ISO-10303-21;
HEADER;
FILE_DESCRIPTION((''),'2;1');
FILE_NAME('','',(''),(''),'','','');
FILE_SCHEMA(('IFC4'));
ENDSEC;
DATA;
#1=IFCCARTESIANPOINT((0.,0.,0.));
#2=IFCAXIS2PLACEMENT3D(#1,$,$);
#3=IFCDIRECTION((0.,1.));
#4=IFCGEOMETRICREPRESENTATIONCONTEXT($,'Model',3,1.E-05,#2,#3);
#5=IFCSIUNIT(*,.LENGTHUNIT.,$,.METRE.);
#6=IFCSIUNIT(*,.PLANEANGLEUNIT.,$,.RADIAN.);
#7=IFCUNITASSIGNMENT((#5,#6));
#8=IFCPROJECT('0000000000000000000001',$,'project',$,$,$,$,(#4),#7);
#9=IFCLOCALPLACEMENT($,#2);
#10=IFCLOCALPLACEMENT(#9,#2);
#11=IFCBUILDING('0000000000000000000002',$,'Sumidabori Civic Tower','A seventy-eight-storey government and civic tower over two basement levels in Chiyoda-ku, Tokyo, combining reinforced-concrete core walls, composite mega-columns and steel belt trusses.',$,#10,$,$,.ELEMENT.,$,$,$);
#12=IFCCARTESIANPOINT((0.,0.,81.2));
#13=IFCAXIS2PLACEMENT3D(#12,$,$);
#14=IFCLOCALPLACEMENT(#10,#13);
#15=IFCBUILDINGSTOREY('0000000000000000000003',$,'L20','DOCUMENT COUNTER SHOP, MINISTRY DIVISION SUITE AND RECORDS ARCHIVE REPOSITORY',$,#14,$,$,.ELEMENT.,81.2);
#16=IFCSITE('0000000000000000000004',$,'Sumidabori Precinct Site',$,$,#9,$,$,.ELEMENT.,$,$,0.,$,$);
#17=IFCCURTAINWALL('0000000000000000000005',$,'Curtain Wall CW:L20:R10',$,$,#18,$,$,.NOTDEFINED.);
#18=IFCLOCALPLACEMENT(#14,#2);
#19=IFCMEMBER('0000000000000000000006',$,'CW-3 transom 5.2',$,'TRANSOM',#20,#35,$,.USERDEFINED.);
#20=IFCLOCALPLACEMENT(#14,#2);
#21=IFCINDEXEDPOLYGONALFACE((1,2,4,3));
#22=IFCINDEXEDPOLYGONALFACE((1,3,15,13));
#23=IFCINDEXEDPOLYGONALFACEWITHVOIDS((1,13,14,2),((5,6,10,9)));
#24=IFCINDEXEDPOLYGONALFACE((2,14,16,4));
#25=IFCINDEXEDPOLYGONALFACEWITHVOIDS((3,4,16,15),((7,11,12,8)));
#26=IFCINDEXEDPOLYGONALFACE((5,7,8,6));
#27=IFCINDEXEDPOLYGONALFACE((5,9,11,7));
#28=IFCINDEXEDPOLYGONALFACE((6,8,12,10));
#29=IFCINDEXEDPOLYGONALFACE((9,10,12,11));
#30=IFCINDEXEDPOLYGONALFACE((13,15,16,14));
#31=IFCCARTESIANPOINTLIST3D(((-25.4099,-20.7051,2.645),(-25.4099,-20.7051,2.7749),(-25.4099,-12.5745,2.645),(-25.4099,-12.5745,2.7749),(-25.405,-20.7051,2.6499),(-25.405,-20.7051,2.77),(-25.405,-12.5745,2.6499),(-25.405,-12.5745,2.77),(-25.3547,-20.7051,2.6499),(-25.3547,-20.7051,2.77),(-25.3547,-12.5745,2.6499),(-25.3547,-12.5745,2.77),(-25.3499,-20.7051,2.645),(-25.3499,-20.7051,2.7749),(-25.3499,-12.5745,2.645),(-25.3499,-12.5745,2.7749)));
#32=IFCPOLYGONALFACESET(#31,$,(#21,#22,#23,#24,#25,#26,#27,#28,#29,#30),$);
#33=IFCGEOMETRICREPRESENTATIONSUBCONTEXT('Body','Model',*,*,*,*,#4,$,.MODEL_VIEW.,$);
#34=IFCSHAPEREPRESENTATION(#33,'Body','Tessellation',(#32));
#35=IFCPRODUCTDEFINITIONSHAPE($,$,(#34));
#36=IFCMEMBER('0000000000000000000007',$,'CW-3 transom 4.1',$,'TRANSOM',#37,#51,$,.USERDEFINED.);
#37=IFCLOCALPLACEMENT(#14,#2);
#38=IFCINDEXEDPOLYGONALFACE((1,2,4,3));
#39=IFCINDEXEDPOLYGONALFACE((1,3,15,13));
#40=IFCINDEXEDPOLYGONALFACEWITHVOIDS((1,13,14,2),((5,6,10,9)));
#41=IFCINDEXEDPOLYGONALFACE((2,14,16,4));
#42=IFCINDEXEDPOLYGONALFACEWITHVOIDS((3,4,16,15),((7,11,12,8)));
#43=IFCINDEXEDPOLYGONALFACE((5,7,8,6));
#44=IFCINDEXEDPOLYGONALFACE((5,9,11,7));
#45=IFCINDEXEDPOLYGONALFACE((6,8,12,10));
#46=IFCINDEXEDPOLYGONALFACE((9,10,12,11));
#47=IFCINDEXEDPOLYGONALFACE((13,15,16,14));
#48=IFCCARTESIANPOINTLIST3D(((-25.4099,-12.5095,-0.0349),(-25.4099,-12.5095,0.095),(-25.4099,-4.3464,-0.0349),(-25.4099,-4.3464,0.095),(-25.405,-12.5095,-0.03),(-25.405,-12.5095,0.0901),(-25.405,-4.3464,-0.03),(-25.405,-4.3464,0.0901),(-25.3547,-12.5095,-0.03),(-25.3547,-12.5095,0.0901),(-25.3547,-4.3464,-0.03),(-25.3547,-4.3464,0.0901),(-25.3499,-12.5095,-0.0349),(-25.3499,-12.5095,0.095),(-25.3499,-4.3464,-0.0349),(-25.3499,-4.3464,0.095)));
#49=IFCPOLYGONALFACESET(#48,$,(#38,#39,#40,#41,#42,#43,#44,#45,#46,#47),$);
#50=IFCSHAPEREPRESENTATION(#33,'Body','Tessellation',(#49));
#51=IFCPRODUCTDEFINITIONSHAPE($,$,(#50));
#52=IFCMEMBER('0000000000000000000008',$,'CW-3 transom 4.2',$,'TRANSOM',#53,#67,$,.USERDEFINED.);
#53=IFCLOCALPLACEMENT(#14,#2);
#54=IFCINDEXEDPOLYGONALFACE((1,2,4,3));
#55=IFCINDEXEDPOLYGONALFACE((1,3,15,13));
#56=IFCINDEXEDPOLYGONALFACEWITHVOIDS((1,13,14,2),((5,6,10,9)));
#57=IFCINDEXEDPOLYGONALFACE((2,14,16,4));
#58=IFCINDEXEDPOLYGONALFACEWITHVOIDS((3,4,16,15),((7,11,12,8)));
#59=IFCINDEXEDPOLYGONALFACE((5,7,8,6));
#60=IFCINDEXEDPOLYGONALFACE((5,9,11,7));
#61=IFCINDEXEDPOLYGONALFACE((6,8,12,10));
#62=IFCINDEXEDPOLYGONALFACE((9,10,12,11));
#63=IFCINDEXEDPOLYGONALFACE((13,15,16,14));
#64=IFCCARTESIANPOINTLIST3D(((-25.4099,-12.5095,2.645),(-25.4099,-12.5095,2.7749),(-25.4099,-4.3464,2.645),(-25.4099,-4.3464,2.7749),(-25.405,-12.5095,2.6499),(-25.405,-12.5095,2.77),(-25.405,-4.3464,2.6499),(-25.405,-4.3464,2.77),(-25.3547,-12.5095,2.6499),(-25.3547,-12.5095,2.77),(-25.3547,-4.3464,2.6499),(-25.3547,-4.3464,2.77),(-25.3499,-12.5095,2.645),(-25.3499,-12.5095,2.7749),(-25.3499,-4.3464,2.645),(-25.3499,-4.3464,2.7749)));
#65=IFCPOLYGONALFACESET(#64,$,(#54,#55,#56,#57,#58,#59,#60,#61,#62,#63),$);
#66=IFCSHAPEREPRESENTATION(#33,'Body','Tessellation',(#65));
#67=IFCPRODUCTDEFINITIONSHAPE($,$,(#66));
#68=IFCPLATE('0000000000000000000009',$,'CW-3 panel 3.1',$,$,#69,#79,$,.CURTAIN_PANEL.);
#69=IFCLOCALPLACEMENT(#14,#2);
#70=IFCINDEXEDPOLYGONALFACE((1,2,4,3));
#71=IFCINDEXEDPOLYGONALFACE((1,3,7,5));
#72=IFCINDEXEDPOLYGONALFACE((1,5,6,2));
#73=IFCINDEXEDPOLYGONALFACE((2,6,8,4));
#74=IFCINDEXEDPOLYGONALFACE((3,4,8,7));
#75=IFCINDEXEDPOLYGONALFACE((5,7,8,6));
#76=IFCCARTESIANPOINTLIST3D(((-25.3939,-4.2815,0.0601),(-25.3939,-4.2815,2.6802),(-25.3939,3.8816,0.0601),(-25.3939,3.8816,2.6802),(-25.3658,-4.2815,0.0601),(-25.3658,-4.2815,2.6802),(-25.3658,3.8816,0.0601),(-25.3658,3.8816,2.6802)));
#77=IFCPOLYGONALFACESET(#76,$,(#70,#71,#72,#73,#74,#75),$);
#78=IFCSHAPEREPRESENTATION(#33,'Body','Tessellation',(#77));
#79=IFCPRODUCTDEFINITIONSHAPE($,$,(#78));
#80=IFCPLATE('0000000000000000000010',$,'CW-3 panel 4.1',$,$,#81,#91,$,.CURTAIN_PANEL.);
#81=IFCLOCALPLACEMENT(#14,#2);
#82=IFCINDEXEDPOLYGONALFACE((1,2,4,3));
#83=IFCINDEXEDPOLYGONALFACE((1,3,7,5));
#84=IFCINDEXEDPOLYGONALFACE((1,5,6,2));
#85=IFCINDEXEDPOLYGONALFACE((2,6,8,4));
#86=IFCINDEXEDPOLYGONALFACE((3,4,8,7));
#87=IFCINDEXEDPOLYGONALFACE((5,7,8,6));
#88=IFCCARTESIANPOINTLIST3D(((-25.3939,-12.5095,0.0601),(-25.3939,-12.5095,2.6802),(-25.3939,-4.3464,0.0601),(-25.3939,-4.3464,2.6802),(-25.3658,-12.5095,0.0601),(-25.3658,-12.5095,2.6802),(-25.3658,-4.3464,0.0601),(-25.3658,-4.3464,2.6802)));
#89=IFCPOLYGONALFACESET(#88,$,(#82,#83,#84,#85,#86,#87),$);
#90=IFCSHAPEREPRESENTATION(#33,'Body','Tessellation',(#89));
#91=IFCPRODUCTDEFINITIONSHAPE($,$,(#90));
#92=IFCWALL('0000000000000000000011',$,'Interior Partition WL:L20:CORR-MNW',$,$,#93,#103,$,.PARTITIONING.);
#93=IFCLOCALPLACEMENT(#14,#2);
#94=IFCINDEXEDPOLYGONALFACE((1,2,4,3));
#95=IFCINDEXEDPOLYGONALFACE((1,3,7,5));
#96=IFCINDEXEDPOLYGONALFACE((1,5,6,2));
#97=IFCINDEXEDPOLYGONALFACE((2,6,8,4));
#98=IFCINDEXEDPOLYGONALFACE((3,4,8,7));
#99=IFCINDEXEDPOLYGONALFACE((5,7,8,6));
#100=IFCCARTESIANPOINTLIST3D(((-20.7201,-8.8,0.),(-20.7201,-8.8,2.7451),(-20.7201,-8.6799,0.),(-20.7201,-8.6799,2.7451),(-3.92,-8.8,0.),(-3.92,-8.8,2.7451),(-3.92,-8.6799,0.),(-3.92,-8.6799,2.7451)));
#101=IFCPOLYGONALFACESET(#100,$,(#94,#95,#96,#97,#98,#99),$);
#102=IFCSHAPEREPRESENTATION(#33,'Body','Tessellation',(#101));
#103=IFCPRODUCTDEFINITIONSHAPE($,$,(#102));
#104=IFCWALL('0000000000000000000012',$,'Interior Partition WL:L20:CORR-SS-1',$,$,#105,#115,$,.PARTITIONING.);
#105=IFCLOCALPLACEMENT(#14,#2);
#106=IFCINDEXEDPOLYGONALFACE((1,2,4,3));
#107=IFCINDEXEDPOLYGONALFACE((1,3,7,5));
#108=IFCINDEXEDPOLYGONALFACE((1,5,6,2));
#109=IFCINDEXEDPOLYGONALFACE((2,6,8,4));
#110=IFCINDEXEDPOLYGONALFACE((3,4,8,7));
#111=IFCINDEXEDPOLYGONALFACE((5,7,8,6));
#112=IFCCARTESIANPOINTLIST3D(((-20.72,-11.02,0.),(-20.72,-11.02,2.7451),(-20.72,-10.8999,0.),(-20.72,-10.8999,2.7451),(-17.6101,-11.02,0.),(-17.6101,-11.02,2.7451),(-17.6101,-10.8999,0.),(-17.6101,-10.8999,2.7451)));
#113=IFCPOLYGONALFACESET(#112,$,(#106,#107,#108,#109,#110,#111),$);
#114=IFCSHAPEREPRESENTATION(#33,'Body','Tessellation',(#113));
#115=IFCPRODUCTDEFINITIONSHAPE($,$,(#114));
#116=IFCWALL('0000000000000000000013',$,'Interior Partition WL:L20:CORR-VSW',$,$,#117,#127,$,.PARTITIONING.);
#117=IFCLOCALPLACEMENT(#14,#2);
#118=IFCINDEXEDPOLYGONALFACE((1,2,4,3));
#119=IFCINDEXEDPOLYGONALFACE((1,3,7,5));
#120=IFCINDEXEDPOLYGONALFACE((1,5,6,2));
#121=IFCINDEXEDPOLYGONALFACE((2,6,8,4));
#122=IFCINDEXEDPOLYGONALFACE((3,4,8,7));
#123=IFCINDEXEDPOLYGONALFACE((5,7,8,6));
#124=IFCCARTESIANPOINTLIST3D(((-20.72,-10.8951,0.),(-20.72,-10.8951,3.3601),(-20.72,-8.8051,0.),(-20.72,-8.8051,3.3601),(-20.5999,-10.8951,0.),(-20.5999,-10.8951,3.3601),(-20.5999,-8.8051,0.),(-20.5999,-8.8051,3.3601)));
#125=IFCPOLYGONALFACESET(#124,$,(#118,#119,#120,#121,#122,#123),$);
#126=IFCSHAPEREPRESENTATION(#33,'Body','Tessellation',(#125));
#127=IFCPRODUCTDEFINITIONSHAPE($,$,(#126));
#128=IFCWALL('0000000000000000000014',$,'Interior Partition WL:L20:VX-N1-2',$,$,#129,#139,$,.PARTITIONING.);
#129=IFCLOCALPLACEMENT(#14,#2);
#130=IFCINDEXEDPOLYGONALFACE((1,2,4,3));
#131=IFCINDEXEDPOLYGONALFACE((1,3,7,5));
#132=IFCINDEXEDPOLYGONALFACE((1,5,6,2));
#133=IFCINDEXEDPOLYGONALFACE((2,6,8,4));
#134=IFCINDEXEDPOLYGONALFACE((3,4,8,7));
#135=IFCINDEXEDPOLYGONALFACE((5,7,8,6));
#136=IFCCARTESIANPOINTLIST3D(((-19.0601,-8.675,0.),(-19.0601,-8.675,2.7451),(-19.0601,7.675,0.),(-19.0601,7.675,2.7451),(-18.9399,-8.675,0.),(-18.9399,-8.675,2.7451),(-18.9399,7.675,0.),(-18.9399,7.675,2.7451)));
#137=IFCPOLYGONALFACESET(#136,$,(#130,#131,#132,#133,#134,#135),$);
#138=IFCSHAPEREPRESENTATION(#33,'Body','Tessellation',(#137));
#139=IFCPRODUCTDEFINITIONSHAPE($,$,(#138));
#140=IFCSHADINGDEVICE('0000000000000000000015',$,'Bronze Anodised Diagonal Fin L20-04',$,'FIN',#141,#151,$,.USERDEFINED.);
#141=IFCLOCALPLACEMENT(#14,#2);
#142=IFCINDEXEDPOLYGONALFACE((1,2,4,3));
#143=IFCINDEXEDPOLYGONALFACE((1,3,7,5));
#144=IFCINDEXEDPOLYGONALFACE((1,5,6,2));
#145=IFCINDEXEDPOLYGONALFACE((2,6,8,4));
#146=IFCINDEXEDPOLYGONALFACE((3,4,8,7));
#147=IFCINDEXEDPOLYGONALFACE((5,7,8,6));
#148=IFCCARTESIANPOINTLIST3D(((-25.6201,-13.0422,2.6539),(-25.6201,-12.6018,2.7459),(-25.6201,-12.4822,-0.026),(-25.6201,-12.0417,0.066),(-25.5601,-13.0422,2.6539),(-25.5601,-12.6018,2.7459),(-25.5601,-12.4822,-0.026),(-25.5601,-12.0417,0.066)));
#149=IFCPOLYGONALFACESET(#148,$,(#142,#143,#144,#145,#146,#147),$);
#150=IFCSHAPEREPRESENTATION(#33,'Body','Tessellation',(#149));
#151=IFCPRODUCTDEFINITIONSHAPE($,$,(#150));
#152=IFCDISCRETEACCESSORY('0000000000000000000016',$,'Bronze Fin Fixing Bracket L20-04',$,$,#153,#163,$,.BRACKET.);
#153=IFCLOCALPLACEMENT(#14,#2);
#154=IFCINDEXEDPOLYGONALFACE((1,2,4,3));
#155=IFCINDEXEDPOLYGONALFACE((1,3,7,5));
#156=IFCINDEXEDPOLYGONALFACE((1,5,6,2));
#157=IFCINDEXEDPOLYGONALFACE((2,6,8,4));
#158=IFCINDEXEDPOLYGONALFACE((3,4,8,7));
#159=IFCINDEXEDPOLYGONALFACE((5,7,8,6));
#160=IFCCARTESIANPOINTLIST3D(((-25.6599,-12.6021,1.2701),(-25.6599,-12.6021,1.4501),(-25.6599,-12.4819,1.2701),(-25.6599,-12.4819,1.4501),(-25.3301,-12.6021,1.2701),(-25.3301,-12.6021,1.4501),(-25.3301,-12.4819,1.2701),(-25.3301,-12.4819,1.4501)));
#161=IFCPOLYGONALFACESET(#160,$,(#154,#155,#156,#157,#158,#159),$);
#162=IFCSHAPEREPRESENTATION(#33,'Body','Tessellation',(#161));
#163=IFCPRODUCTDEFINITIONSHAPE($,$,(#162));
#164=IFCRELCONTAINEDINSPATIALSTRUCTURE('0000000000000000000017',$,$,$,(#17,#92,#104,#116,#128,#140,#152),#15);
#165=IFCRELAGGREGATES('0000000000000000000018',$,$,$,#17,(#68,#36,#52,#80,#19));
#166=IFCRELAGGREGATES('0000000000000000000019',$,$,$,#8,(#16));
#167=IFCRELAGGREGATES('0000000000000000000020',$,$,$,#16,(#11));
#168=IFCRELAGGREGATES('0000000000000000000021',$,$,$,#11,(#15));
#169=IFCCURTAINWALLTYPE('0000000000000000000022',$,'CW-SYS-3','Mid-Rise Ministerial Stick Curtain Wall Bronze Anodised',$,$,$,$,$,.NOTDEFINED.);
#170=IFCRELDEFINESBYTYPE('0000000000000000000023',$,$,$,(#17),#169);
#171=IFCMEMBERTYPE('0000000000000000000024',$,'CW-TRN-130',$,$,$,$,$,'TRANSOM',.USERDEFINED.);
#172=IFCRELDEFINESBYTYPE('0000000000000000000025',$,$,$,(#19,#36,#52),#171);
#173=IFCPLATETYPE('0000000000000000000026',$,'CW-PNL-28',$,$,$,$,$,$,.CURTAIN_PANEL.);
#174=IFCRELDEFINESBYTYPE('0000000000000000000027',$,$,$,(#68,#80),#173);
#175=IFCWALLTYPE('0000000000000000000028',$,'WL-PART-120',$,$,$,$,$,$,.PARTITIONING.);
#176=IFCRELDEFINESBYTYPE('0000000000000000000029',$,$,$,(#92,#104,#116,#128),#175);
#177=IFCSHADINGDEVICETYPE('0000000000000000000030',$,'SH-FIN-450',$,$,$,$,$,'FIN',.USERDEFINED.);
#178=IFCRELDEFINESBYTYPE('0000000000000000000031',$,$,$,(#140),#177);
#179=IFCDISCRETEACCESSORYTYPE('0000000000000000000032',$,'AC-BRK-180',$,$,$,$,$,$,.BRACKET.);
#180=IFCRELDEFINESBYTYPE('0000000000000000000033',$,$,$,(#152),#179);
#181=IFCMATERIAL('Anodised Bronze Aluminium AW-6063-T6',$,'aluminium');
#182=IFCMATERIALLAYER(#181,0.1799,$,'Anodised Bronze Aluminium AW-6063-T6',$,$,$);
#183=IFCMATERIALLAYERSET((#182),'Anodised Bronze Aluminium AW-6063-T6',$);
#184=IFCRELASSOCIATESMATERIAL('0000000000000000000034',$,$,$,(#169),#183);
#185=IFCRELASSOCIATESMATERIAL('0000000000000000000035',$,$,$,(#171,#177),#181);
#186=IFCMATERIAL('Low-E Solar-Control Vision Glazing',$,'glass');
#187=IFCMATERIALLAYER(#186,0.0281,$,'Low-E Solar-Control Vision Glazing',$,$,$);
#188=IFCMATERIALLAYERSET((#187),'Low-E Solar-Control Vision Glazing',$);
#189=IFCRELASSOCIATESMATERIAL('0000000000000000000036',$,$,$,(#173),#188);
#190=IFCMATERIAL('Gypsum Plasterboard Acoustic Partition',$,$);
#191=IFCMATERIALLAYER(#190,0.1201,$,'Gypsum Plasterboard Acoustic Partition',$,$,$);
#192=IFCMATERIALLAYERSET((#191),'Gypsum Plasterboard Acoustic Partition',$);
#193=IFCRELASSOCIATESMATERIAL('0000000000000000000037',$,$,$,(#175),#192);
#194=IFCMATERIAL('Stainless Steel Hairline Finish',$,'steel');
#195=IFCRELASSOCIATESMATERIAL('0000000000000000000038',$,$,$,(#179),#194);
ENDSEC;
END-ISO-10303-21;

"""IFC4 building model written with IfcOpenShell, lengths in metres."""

from ifc_helpers import new_model, si_unit, direction, frame, frame_2d, origin, origin_2d, place, context, subcontext, project, spatial, rectangle, hollow_rectangle, extrude, source, transform, mapped, material, layer, layer_set, material_profile, profile_set, type_object, element, aggregate, save


model = new_model("IFC4")

# Units and contexts
model_context = context("Model", 3, precision=1e-05, world=origin(), true_north=direction((0.0, 1.0)))
body_context = subcontext(model_context, "Body", "Model", "MODEL_VIEW")
ifc_project = project(units=[si_unit("LENGTHUNIT", "METRE"), si_unit("PLANEANGLEUNIT", "RADIAN")], contexts=[model_context])

# Site, building, storey
site_placement = place(None, origin())
site = spatial("IfcSite", under=ifc_project, at=site_placement, Name="Sumidabori Precinct Site", CompositionType="ELEMENT", RefElevation=0.0)
building_placement = place(site_placement, origin())
building = spatial("IfcBuilding", under=site, at=building_placement, Name="Sumidabori Civic Tower", Description="A seventy-eight-storey government and civic tower over two basement levels in Chiyoda-ku, Tokyo, combining reinforced-concrete core walls, composite mega-columns and steel belt trusses.", CompositionType="ELEMENT")
storey_placement = place(building_placement, frame((0.0, 0.0, 81.2)))
storey = spatial("IfcBuildingStorey", under=building, at=storey_placement, Name="L20", Description="DOCUMENT COUNTER SHOP, MINISTRY DIVISION SUITE AND RECORDS ARCHIVE REPOSITORY", CompositionType="ELEMENT", Elevation=81.2)

# Curtain wall, members, plates
ifc_material_1 = material(Name="Anodised Bronze Aluminium AW-6063-T6", Category="aluminium")
ifc_layer_1 = layer(ifc_material_1, 0.1799, Name="Anodised Bronze Aluminium AW-6063-T6")
ifc_layer_set_1 = layer_set([ifc_layer_1], Name="Anodised Bronze Aluminium AW-6063-T6")
curtain_wall_type = type_object("IfcCurtainWallType", Name="CW-SYS-3", Description="Mid-Rise Ministerial Stick Curtain Wall Bronze Anodised", PredefinedType="NOTDEFINED", material=ifc_layer_set_1)
curtain_wall_placement = place(storey_placement, origin())
curtain_wall = element("IfcCurtainWall", 1, at=curtain_wall_placement, inside=storey, type_object=curtain_wall_type, Name="Curtain Wall CW:L20:R10", PredefinedType="NOTDEFINED")
ifc_material_profile_1 = material_profile(ifc_material_1, hollow_rectangle(XDim=0.0601, YDim=0.1299, WallThickness=0.0049, at=origin_2d()), Name="ALU TRANSOM 130x60")
ifc_profile_set_1 = profile_set([ifc_material_profile_1], Name="Anodised Bronze Aluminium AW-6063-T6")
member_type_1 = type_object("IfcMemberType", Name="CW-TRN-130", ElementType="TRANSOM", PredefinedType="USERDEFINED", material=ifc_profile_set_1)
shared_shape_1 = source(origin(), body_context, "Body", "SweptSolid", [
    extrude(hollow_rectangle(XDim=0.0601, YDim=0.1299, WallThickness=0.0049, at=origin_2d()), origin(), (0.0, 0.0, 1.0), 8.1306),
])
member_1_placement = place(storey_placement, frame((-25.3799, -12.5745, 2.71), z_axis=(0.0, -1.0, 0.0), x_axis=(1.0, 0.0, 0.0)))
member_1 = element("IfcMember", 2, at=member_1_placement, type_object=member_type_1, Name="CW-3 transom 5.2", ObjectType="TRANSOM", PredefinedType="USERDEFINED", context=body_context, shape_type="MappedRepresentation", body=[
    mapped(shared_shape_1, transform((0.0, 0.0, 0.0), x_axis=(1.0, 0.0, 0.0), y_axis=(0.0, 1.0, 0.0), z_axis=(0.0, 0.0, 1.0), scale=1.0)),
])
shared_shape_2 = source(origin(), body_context, "Body", "SweptSolid", [
    extrude(hollow_rectangle(XDim=0.0601, YDim=0.1299, WallThickness=0.0049, at=origin_2d()), origin(), (0.0, 0.0, 1.0), 8.1631),
])
member_2_placement = place(storey_placement, frame((-25.3799, -4.3464, 0.03), z_axis=(0.0, -1.0, 0.0), x_axis=(1.0, 0.0, 0.0)))
member_2 = element("IfcMember", 3, at=member_2_placement, type_object=member_type_1, Name="CW-3 transom 4.1", ObjectType="TRANSOM", PredefinedType="USERDEFINED", context=body_context, shape_type="MappedRepresentation", body=[
    mapped(shared_shape_2, transform((0.0, 0.0, 0.0), x_axis=(1.0, 0.0, 0.0), y_axis=(0.0, 1.0, 0.0), z_axis=(0.0, 0.0, 1.0), scale=1.0)),
])
member_3_placement = place(storey_placement, frame((-25.3799, -4.3464, 2.71), z_axis=(0.0, -1.0, 0.0), x_axis=(1.0, 0.0, 0.0)))
member_3 = element("IfcMember", 4, at=member_3_placement, type_object=member_type_1, Name="CW-3 transom 4.2", ObjectType="TRANSOM", PredefinedType="USERDEFINED", context=body_context, shape_type="MappedRepresentation", body=[
    mapped(shared_shape_2, transform((0.0, 0.0, 0.0), x_axis=(1.0, 0.0, 0.0), y_axis=(0.0, 1.0, 0.0), z_axis=(0.0, 0.0, 1.0), scale=1.0)),
])
ifc_material_2 = material(Name="Low-E Solar-Control Vision Glazing", Category="glass")
ifc_layer_2 = layer(ifc_material_2, 0.0281, Name="Low-E Solar-Control Vision Glazing")
ifc_layer_set_2 = layer_set([ifc_layer_2], Name="Low-E Solar-Control Vision Glazing")
plate_type = type_object("IfcPlateType", Name="CW-PNL-28", PredefinedType="CURTAIN_PANEL", material=ifc_layer_set_2)
shared_shape_3 = source(origin(), body_context, "Body", "SweptSolid", [
    extrude(rectangle(XDim=8.1631, YDim=0.0281, at=origin_2d()), origin(), (0.0, 0.0, 1.0), 2.6201),
])
plate_1_placement = place(storey_placement, frame((-25.3799, -0.2, 0.0601), z_axis=(0.0, 0.0, 1.0), x_axis=(0.0, -1.0, 0.0)))
plate_1 = element("IfcPlate", 5, at=plate_1_placement, type_object=plate_type, Name="CW-3 panel 3.1", PredefinedType="CURTAIN_PANEL", context=body_context, shape_type="MappedRepresentation", body=[
    mapped(shared_shape_3, transform((0.0, 0.0, 0.0), x_axis=(1.0, 0.0, 0.0), y_axis=(0.0, 1.0, 0.0), z_axis=(0.0, 0.0, 1.0), scale=1.0)),
])
plate_2_placement = place(storey_placement, frame((-25.3799, -8.428, 0.0601), z_axis=(0.0, 0.0, 1.0), x_axis=(0.0, -1.0, 0.0)))
plate_2 = element("IfcPlate", 6, at=plate_2_placement, type_object=plate_type, Name="CW-3 panel 4.1", PredefinedType="CURTAIN_PANEL", context=body_context, shape_type="MappedRepresentation", body=[
    mapped(shared_shape_3, transform((0.0, 0.0, 0.0), x_axis=(1.0, 0.0, 0.0), y_axis=(0.0, 1.0, 0.0), z_axis=(0.0, 0.0, 1.0), scale=1.0)),
])
aggregate(curtain_wall, [plate_1, member_2, member_3, plate_2, member_1])

# Walls
ifc_material_3 = material(Name="Gypsum Plasterboard Acoustic Partition")
ifc_layer_3 = layer(ifc_material_3, 0.1201, Name="Gypsum Plasterboard Acoustic Partition")
ifc_layer_set_3 = layer_set([ifc_layer_3], Name="Gypsum Plasterboard Acoustic Partition")
wall_type = type_object("IfcWallType", Name="WL-PART-120", PredefinedType="PARTITIONING", material=ifc_layer_set_3)
shared_shape_4 = source(origin(), body_context, "Body", "SweptSolid", [
    extrude(rectangle(XDim=16.8, YDim=0.1201, at=frame_2d((8.3999, 0.0))), origin(), (0.0, 0.0, 1.0), 2.7451),
])
wall_1_placement = place(storey_placement, frame((-20.72, -8.74, 0.0), z_axis=(0.0, 0.0, 1.0), x_axis=(1.0, 0.0, 0.0)))
element("IfcWall", 7, at=wall_1_placement, inside=storey, type_object=wall_type, Name="Interior Partition WL:L20:CORR-MNW", PredefinedType="PARTITIONING", context=body_context, shape_type="MappedRepresentation", body=[
    mapped(shared_shape_4, transform((0.0, 0.0, 0.0), x_axis=(1.0, 0.0, 0.0), y_axis=(0.0, 1.0, 0.0), z_axis=(0.0, 0.0, 1.0), scale=1.0)),
])
shared_shape_5 = source(origin(), body_context, "Body", "SweptSolid", [
    extrude(rectangle(XDim=3.1099, YDim=0.1201, at=frame_2d((1.5549, 0.0))), origin(), (0.0, 0.0, 1.0), 2.7451),
])
wall_2_placement = place(storey_placement, frame((-20.72, -10.96, 0.0), z_axis=(0.0, 0.0, 1.0), x_axis=(1.0, 0.0, 0.0)))
element("IfcWall", 8, at=wall_2_placement, inside=storey, type_object=wall_type, Name="Interior Partition WL:L20:CORR-SS-1", PredefinedType="PARTITIONING", context=body_context, shape_type="MappedRepresentation", body=[
    mapped(shared_shape_5, transform((0.0, 0.0, 0.0), x_axis=(1.0, 0.0, 0.0), y_axis=(0.0, 1.0, 0.0), z_axis=(0.0, 0.0, 1.0), scale=1.0)),
])
shared_shape_6 = source(origin(), body_context, "Body", "SweptSolid", [
    extrude(rectangle(XDim=2.0901, YDim=0.1201, at=frame_2d((1.0449, 0.0))), origin(), (0.0, 0.0, 1.0), 3.3601),
])
wall_3_placement = place(storey_placement, frame((-20.6599, -10.895, 0.0), z_axis=(0.0, 0.0, 1.0), x_axis=(0.0, 1.0, 0.0)))
element("IfcWall", 9, at=wall_3_placement, inside=storey, type_object=wall_type, Name="Interior Partition WL:L20:CORR-VSW", PredefinedType="PARTITIONING", context=body_context, shape_type="MappedRepresentation", body=[
    mapped(shared_shape_6, transform((0.0, 0.0, 0.0), x_axis=(1.0, 0.0, 0.0), y_axis=(0.0, 1.0, 0.0), z_axis=(0.0, 0.0, 1.0), scale=1.0)),
])
shared_shape_7 = source(origin(), body_context, "Body", "SweptSolid", [
    extrude(rectangle(XDim=16.3501, YDim=0.1201, at=frame_2d((8.175, 0.0))), origin(), (0.0, 0.0, 1.0), 2.7451),
])
wall_4_placement = place(storey_placement, frame((-19.0, -8.675, 0.0), z_axis=(0.0, 0.0, 1.0), x_axis=(0.0, 1.0, 0.0)))
element("IfcWall", 10, at=wall_4_placement, inside=storey, type_object=wall_type, Name="Interior Partition WL:L20:VX-N1-2", PredefinedType="PARTITIONING", context=body_context, shape_type="MappedRepresentation", body=[
    mapped(shared_shape_7, transform((0.0, 0.0, 0.0), x_axis=(1.0, 0.0, 0.0), y_axis=(0.0, 1.0, 0.0), z_axis=(0.0, 0.0, 1.0), scale=1.0)),
])

# Shading device
ifc_material_profile_2 = material_profile(ifc_material_1, rectangle(XDim=0.0601, YDim=0.45, at=origin_2d()), Name="BRONZE FIN 450x60")
ifc_profile_set_2 = profile_set([ifc_material_profile_2], Name="Anodised Bronze Aluminium AW-6063-T6")
shading_device_type = type_object("IfcShadingDeviceType", Name="SH-FIN-450", ElementType="FIN", PredefinedType="USERDEFINED", material=ifc_profile_set_2)
shared_shape_8 = source(origin(), body_context, "Body", "SweptSolid", [
    extrude(rectangle(XDim=0.0601, YDim=0.45, at=origin_2d()), origin(), (0.0, 0.0, 1.0), 2.7378),
])
shading_device_placement = place(storey_placement, frame((-25.5901, -12.262, 0.02), z_axis=(0.0, -0.204563, 0.978853), x_axis=(-1.0, 0.0, 0.0)))
element("IfcShadingDevice", 11, at=shading_device_placement, inside=storey, type_object=shading_device_type, Name="Bronze Anodised Diagonal Fin L20-04", ObjectType="FIN", PredefinedType="USERDEFINED", context=body_context, shape_type="MappedRepresentation", body=[
    mapped(shared_shape_8, transform((0.0, 0.0, 0.0), x_axis=(1.0, 0.0, 0.0), y_axis=(0.0, 1.0, 0.0), z_axis=(0.0, 0.0, 1.0), scale=1.0)),
])

# Discrete accessory
ifc_material_4 = material(Name="Stainless Steel Hairline Finish", Category="steel")
ifc_material_profile_3 = material_profile(ifc_material_4, rectangle(XDim=0.1201, YDim=0.1799, at=origin_2d()), Name="STEEL BRACKET 180x120")
ifc_profile_set_3 = profile_set([ifc_material_profile_3], Name="Stainless Steel Hairline Finish")
discrete_accessory_type = type_object("IfcDiscreteAccessoryType", Name="AC-BRK-180", PredefinedType="BRACKET", material=ifc_profile_set_3)
shared_shape_9 = source(origin(), body_context, "Body", "SweptSolid", [
    extrude(rectangle(XDim=0.1201, YDim=0.1799, at=origin_2d()), origin(), (0.0, 0.0, 1.0), 0.3298),
])
discrete_accessory_placement = place(storey_placement, frame((-25.3301, -12.542, 1.3601), z_axis=(-1.0, 0.0, 0.0), x_axis=(0.0, -1.0, 0.0)))
element("IfcDiscreteAccessory", 12, at=discrete_accessory_placement, inside=storey, type_object=discrete_accessory_type, Name="Bronze Fin Fixing Bracket L20-04", PredefinedType="BRACKET", context=body_context, shape_type="MappedRepresentation", body=[
    mapped(shared_shape_9, transform((0.0, 0.0, 0.0), x_axis=(1.0, 0.0, 0.0), y_axis=(0.0, 1.0, 0.0), z_axis=(0.0, 0.0, 1.0), scale=1.0)),
])

save(model, "model.ifc")
